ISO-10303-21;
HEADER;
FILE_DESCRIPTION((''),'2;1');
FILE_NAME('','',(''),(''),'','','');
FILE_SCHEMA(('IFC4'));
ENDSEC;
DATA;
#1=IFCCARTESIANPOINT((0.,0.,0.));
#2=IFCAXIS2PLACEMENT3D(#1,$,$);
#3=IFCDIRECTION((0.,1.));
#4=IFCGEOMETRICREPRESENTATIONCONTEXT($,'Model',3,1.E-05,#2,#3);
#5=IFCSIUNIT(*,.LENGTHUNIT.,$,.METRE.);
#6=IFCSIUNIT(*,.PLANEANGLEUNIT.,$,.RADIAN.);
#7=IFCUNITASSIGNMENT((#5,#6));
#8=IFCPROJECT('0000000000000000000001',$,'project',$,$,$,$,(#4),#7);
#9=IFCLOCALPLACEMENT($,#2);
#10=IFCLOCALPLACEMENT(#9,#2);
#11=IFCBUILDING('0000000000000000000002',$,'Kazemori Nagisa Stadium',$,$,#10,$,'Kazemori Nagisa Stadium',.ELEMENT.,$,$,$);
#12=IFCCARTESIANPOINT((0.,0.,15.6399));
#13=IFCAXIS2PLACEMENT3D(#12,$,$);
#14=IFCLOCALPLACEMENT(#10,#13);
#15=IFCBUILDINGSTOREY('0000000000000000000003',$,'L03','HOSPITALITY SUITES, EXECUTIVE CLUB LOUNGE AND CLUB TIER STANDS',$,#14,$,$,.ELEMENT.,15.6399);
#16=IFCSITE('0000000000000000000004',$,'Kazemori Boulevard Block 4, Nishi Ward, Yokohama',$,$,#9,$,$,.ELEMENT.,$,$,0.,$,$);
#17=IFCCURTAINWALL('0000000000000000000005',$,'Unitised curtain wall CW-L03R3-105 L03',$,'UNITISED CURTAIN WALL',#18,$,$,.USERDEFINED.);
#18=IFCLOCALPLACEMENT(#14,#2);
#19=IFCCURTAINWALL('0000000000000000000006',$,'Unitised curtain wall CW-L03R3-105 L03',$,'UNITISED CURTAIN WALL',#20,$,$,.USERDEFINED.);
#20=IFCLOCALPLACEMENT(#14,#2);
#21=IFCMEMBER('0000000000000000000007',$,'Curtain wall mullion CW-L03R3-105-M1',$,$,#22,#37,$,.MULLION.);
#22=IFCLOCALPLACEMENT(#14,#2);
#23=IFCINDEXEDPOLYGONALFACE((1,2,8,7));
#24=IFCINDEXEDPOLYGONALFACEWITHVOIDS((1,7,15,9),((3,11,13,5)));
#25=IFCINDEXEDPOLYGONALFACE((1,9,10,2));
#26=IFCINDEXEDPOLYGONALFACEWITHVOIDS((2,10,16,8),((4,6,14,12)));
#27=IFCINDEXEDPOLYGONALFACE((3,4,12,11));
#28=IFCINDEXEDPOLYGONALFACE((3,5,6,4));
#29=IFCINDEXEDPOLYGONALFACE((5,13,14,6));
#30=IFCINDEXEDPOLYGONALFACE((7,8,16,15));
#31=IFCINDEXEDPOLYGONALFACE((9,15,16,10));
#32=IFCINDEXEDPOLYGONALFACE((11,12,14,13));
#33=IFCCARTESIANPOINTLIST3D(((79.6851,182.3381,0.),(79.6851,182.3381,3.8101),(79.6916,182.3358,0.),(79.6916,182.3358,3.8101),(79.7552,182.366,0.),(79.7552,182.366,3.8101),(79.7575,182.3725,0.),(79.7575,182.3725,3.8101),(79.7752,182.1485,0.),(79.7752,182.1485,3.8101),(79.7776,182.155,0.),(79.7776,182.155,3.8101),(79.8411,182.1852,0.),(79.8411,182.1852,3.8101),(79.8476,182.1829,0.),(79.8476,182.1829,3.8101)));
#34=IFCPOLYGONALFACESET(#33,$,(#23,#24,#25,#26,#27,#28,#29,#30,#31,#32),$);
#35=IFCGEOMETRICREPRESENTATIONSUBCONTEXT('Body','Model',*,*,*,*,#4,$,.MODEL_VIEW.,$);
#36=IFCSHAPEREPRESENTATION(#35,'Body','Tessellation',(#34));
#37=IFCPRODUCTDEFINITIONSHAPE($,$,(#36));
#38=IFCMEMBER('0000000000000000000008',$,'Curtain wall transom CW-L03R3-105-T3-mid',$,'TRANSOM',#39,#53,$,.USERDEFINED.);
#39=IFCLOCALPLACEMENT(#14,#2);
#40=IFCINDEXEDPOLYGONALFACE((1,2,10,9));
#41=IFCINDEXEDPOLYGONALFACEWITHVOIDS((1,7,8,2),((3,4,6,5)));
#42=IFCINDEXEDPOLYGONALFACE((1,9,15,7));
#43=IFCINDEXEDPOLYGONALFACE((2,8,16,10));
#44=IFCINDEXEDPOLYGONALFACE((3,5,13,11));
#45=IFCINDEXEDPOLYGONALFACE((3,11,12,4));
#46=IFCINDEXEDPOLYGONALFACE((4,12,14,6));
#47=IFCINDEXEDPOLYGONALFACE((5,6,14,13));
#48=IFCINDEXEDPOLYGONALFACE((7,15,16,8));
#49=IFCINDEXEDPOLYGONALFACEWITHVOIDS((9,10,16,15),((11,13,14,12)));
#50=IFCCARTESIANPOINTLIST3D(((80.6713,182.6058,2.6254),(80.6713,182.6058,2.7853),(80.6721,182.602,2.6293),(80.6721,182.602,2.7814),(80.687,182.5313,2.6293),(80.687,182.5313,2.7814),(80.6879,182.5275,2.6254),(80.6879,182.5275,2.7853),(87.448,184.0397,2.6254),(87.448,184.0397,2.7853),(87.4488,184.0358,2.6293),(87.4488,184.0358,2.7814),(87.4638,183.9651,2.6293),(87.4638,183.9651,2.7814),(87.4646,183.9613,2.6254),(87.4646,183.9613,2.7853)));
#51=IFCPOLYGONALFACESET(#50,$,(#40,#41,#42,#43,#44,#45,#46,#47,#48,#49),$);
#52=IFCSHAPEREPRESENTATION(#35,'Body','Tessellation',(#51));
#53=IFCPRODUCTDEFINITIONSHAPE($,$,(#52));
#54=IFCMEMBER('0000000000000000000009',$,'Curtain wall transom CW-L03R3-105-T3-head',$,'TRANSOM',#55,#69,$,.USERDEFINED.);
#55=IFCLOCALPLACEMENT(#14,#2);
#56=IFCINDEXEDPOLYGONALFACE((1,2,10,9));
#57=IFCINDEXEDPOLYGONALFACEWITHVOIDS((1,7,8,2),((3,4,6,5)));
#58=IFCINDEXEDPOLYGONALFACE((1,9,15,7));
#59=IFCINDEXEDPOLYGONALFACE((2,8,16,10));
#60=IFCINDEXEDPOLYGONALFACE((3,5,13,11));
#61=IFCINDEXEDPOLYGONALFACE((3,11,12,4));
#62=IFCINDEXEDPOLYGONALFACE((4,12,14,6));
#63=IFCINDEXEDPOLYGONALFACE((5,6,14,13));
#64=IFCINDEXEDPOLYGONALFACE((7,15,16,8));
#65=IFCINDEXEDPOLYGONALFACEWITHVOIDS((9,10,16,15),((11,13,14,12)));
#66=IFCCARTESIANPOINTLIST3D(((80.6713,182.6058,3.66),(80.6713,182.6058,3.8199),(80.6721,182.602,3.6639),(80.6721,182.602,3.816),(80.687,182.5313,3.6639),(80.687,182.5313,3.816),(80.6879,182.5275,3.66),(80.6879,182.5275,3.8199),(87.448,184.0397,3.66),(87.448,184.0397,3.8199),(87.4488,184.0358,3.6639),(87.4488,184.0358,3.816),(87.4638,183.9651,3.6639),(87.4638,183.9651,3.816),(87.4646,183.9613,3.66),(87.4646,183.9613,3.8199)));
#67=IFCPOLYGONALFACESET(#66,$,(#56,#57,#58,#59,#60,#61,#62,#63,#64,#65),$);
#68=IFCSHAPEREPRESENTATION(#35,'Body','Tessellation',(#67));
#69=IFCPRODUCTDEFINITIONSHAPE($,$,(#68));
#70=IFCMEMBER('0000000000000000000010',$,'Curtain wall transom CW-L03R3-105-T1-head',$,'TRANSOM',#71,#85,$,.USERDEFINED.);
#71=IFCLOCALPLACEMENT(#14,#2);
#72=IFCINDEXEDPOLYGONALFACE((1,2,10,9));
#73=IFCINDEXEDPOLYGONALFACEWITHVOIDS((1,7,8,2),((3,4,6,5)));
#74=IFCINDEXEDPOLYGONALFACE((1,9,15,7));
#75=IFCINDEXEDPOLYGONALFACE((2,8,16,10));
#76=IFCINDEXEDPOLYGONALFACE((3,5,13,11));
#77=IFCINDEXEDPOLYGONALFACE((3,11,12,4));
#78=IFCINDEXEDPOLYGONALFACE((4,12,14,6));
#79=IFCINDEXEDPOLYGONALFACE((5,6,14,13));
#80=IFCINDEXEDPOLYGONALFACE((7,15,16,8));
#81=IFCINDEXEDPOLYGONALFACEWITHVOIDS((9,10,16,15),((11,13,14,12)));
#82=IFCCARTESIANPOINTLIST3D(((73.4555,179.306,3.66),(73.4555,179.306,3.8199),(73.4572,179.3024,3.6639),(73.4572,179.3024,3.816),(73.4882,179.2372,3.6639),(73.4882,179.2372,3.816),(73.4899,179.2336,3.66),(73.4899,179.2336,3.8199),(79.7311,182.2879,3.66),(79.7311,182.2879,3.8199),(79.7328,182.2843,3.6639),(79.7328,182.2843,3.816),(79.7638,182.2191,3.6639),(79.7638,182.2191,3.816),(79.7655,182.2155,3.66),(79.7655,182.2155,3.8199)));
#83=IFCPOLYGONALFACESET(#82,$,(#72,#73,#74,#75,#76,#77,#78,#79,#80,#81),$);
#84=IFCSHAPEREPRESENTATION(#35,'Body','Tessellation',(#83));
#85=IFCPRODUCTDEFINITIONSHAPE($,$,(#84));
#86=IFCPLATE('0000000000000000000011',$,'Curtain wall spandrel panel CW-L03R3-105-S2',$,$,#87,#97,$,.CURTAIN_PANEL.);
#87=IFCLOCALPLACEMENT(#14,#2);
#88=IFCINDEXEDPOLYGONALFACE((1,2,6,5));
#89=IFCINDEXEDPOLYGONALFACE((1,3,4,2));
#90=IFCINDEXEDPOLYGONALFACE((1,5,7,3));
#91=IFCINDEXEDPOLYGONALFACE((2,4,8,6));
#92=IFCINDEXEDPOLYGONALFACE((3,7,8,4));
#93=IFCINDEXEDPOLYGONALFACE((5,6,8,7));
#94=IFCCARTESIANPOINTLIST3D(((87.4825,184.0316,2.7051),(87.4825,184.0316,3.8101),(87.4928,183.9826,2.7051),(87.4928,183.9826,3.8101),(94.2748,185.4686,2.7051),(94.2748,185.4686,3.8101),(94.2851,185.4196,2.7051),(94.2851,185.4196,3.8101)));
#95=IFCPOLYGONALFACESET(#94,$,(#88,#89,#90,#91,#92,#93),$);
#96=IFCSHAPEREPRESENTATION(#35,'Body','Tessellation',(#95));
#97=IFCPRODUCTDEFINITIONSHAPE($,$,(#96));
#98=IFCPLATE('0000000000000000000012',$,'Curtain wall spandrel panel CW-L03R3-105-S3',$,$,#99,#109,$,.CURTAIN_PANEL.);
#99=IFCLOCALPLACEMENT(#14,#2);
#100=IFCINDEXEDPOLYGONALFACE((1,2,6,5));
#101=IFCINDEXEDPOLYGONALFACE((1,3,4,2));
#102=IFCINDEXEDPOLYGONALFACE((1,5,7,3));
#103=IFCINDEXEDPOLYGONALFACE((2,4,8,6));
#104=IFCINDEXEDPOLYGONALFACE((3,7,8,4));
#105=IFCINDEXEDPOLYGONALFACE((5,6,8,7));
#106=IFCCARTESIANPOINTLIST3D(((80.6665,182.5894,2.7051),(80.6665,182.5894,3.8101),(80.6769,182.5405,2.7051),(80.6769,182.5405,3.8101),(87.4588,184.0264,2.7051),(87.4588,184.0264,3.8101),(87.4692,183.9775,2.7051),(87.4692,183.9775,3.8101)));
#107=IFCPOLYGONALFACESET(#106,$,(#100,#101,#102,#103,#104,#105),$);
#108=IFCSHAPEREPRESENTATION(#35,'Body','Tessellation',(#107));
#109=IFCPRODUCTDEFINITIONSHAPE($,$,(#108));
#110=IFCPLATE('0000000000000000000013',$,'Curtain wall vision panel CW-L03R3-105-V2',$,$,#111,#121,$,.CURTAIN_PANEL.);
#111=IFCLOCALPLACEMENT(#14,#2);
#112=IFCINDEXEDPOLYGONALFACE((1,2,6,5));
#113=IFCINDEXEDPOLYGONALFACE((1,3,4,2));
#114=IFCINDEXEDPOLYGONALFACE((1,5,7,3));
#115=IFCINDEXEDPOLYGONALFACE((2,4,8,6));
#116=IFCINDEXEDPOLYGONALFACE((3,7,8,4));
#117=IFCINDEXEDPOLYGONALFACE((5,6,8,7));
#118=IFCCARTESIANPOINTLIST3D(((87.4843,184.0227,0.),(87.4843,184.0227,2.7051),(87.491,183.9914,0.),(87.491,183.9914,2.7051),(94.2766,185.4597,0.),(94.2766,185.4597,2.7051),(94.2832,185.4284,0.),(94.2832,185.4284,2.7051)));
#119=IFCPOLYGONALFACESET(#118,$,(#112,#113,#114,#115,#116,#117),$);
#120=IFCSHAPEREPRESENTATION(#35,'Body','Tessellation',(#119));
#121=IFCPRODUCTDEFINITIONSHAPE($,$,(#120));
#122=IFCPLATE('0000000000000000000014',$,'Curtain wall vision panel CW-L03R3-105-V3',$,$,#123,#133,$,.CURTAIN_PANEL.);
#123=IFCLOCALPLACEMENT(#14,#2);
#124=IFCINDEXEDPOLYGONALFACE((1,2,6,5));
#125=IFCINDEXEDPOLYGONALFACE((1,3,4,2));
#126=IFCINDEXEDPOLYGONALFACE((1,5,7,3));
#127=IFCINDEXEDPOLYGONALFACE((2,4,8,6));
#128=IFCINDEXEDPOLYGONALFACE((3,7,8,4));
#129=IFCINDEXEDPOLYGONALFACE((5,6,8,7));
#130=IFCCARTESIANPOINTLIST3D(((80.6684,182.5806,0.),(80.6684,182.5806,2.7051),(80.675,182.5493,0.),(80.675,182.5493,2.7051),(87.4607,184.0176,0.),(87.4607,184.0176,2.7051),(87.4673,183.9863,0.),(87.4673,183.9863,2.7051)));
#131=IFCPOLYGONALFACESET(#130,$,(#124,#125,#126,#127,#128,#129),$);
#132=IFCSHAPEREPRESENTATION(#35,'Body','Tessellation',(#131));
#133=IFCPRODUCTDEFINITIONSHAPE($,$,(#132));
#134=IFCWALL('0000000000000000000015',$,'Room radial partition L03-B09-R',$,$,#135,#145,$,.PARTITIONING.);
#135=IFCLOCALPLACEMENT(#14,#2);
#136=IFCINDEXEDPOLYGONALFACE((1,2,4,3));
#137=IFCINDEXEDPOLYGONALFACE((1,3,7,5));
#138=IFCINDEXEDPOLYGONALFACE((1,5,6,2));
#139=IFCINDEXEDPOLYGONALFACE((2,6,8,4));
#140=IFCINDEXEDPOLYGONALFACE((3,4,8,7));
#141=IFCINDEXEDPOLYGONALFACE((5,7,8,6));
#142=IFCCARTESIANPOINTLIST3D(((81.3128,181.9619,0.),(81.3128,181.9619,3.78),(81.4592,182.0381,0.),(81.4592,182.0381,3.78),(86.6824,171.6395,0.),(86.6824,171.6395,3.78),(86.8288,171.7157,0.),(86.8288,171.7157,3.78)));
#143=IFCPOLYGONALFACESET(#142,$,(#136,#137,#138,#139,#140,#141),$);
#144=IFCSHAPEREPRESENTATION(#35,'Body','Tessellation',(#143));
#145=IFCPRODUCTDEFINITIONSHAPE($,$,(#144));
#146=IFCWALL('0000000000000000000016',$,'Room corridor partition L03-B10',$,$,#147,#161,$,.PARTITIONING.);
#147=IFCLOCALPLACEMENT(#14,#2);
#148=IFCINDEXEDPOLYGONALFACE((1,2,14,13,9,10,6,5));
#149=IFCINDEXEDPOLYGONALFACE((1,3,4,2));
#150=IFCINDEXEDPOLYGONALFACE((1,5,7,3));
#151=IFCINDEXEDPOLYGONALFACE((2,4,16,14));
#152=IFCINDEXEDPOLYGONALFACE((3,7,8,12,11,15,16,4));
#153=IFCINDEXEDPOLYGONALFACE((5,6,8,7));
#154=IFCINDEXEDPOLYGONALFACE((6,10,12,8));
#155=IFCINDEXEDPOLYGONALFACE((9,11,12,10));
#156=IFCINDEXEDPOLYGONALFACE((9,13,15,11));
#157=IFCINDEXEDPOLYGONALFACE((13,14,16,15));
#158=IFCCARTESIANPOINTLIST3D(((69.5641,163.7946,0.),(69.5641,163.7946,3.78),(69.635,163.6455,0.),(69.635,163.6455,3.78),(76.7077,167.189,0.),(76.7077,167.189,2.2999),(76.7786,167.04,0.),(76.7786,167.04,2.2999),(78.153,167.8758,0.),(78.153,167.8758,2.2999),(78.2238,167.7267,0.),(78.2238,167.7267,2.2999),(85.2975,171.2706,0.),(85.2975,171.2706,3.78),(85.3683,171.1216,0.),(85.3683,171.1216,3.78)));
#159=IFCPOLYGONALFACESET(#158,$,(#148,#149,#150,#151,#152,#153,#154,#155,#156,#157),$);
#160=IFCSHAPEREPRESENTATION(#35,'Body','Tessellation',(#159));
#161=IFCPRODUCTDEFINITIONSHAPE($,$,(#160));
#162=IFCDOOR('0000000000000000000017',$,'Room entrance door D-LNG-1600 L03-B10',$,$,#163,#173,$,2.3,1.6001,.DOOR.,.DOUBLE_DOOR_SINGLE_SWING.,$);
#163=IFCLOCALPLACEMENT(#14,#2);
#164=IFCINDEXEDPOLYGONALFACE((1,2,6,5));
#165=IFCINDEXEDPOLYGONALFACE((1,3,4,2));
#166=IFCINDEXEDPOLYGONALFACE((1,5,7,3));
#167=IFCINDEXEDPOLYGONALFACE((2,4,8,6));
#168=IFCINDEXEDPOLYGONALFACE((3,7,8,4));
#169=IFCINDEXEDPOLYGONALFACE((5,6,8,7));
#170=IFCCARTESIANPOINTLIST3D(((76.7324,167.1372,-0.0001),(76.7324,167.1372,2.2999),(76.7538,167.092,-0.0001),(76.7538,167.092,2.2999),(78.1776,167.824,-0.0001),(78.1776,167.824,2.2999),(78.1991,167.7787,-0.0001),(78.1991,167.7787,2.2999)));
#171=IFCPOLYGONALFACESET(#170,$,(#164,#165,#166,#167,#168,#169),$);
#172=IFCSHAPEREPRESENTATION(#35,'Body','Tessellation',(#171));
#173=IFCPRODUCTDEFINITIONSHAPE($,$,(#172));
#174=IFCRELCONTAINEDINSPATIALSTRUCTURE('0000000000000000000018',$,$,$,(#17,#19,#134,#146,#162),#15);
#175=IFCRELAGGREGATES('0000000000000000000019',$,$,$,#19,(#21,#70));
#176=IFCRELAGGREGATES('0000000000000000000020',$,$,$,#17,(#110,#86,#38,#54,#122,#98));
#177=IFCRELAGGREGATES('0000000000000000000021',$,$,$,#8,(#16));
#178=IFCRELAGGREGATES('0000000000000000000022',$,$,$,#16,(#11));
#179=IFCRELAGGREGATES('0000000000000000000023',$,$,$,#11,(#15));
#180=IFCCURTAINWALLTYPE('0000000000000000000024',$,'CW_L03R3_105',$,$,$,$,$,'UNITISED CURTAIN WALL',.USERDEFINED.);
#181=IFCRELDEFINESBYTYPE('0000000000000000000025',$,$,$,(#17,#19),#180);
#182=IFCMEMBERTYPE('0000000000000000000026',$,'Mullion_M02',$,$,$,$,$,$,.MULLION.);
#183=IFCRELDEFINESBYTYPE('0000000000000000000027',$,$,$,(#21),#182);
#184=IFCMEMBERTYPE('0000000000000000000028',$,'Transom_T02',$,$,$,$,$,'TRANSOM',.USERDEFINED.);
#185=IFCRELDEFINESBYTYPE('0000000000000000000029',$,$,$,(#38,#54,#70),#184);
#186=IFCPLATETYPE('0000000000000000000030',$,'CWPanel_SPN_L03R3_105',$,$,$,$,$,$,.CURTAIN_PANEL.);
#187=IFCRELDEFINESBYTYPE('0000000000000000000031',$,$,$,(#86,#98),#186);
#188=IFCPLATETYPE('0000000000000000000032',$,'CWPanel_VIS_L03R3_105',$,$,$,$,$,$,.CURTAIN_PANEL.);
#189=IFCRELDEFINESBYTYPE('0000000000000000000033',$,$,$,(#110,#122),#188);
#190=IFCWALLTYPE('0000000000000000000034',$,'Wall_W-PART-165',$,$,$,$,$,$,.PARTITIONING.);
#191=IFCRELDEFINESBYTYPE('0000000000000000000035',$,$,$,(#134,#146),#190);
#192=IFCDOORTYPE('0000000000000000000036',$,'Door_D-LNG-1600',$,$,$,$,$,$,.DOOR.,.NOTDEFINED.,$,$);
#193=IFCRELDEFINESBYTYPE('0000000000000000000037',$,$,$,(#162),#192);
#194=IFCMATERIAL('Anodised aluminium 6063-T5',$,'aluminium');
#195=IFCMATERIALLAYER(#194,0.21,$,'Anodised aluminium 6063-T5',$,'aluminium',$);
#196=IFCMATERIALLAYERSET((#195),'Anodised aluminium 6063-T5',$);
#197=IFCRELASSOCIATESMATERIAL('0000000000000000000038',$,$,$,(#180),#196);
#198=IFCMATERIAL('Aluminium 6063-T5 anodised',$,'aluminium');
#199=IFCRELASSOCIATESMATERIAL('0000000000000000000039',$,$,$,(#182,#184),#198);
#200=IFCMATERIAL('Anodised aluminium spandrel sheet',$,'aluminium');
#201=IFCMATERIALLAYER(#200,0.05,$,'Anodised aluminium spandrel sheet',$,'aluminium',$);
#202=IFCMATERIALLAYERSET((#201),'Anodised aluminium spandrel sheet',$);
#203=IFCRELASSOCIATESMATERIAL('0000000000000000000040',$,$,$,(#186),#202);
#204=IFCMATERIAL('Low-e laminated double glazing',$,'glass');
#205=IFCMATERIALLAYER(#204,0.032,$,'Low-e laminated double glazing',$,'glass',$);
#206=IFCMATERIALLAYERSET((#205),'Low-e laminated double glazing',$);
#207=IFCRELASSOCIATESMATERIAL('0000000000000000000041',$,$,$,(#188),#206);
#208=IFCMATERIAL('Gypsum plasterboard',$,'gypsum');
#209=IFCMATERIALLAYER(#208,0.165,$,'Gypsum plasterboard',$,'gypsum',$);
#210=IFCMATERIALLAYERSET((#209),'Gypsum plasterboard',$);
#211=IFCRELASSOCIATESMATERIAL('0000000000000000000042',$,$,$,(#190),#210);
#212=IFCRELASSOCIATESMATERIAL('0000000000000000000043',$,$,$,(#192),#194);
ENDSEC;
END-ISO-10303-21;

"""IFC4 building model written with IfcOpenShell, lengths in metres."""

from ifc_helpers import new_model, si_unit, direction, frame, frame_2d, origin, origin_2d, place, context, subcontext, project, spatial, rectangle, hollow_rectangle, extrude, material, layer, layer_set, material_profile, profile_set, type_object, element, fill, aggregate, save


model = new_model("IFC4")

# Units and contexts
model_context = context("Model", 3, precision=1e-05, world=origin(), true_north=direction((0.0, 1.0)))
body_context = subcontext(model_context, "Body", "Model", "MODEL_VIEW")
ifc_project = project(units=[si_unit("LENGTHUNIT", "METRE"), si_unit("PLANEANGLEUNIT", "RADIAN")], contexts=[model_context])

# Site, building, storey
site_placement = place(None, origin())
site = spatial("IfcSite", under=ifc_project, at=site_placement, Name="Kazemori Boulevard Block 4, Nishi Ward, Yokohama", CompositionType="ELEMENT", RefElevation=0.0)
building_placement = place(site_placement, origin())
building = spatial("IfcBuilding", under=site, at=building_placement, Name="Kazemori Nagisa Stadium", LongName="Kazemori Nagisa Stadium", CompositionType="ELEMENT")
storey_placement = place(building_placement, frame((0.0, 0.0, 15.6399)))
storey = spatial("IfcBuildingStorey", under=building, at=storey_placement, Name="L03", Description="HOSPITALITY SUITES, EXECUTIVE CLUB LOUNGE AND CLUB TIER STANDS", CompositionType="ELEMENT", Elevation=15.6399)

# Curtain wall
ifc_material_1 = material(Name="Anodised aluminium 6063-T5", Category="aluminium")
ifc_layer_1 = layer(ifc_material_1, 0.21, Name="Anodised aluminium 6063-T5", Category="aluminium")
ifc_layer_set_1 = layer_set([ifc_layer_1], Name="Anodised aluminium 6063-T5")
curtain_wall_type = type_object("IfcCurtainWallType", Name="CW_L03R3_105", ElementType="UNITISED CURTAIN WALL", PredefinedType="USERDEFINED", material=ifc_layer_set_1)
curtain_wall_1_placement = place(storey_placement, origin())
curtain_wall_1 = element("IfcCurtainWall", 1, at=curtain_wall_1_placement, inside=storey, type_object=curtain_wall_type, Name="Unitised curtain wall CW-L03R3-105 L03", ObjectType="UNITISED CURTAIN WALL", PredefinedType="USERDEFINED")
ifc_material_2 = material(Name="Aluminium 6063-T5 anodised", Category="aluminium")
ifc_material_profile_1 = material_profile(ifc_material_2, hollow_rectangle(XDim=0.0801, YDim=0.21, WallThickness=0.0049, at=origin_2d()), Name="ALU-MULL-80x210x5")
ifc_profile_set_1 = profile_set([ifc_material_profile_1], Name="Aluminium 6063-T5 anodised")
member_type_1 = type_object("IfcMemberType", Name="Mullion_M02", PredefinedType="MULLION", material=ifc_profile_set_1)

# Curtain wall, member
curtain_wall_2_placement = place(storey_placement, origin())
curtain_wall_2 = element("IfcCurtainWall", 2, at=curtain_wall_2_placement, inside=storey, type_object=curtain_wall_type, Name="Unitised curtain wall CW-L03R3-105 L03", ObjectType="UNITISED CURTAIN WALL", PredefinedType="USERDEFINED")
member_1_placement = place(storey_placement, frame((79.7664, 182.2605, 0.0), z_axis=(0.0, 0.0, 1.0), x_axis=(-0.903216, -0.429186, 0.0)))
member_1 = element("IfcMember", 3, at=member_1_placement, type_object=member_type_1, Name="Curtain wall mullion CW-L03R3-105-M1", PredefinedType="MULLION", context=body_context, shape_type="SweptSolid", body=[
    extrude(hollow_rectangle(XDim=0.0801, YDim=0.21, WallThickness=0.0049, at=origin_2d()), origin(), (0.0, 0.0, 1.0), 3.8101),
])

# Members
ifc_material_profile_2 = material_profile(ifc_material_2, hollow_rectangle(XDim=0.0801, YDim=0.1599, WallThickness=0.0039, at=origin_2d()), Name="ALU-TRAN-80x160x4")
ifc_profile_set_2 = profile_set([ifc_material_profile_2], Name="Aluminium 6063-T5 anodised")
member_type_2 = type_object("IfcMemberType", Name="Transom_T02", ElementType="TRANSOM", PredefinedType="USERDEFINED", material=ifc_profile_set_2)
member_2_placement = place(storey_placement, frame((87.4563, 184.0005, 2.7053), z_axis=(-0.978342, -0.206996, 0.0), x_axis=(0.206996, -0.978342, 0.0)))
member_2 = element("IfcMember", 4, at=member_2_placement, type_object=member_type_2, Name="Curtain wall transom CW-L03R3-105-T3-mid", ObjectType="TRANSOM", PredefinedType="USERDEFINED", context=body_context, shape_type="SweptSolid", body=[
    extrude(hollow_rectangle(XDim=0.0801, YDim=0.1599, WallThickness=0.0039, at=origin_2d()), origin(), (0.0, 0.0, 1.0), 6.9268),
])
member_3_placement = place(storey_placement, frame((87.4563, 184.0005, 3.74), z_axis=(-0.978342, -0.206996, 0.0), x_axis=(0.206996, -0.978342, 0.0)))
member_3 = element("IfcMember", 5, at=member_3_placement, type_object=member_type_2, Name="Curtain wall transom CW-L03R3-105-T3-head", ObjectType="TRANSOM", PredefinedType="USERDEFINED", context=body_context, shape_type="SweptSolid", body=[
    extrude(hollow_rectangle(XDim=0.0801, YDim=0.1599, WallThickness=0.0039, at=origin_2d()), origin(), (0.0, 0.0, 1.0), 6.9268),
])
member_4_placement = place(storey_placement, frame((79.7483, 182.2517, 3.74), z_axis=(-0.903221, -0.429175, 0.0), x_axis=(0.429175, -0.903221, 0.0)))
member_4 = element("IfcMember", 6, at=member_4_placement, type_object=member_type_2, Name="Curtain wall transom CW-L03R3-105-T1-head", ObjectType="TRANSOM", PredefinedType="USERDEFINED", context=body_context, shape_type="SweptSolid", body=[
    extrude(hollow_rectangle(XDim=0.0801, YDim=0.1599, WallThickness=0.0039, at=origin_2d()), origin(), (0.0, 0.0, 1.0), 6.948),
])
aggregate(curtain_wall_2, [member_1, member_4])

# Plates
ifc_material_3 = material(Name="Anodised aluminium spandrel sheet", Category="aluminium")
ifc_layer_2 = layer(ifc_material_3, 0.05, Name="Anodised aluminium spandrel sheet", Category="aluminium")
ifc_layer_set_2 = layer_set([ifc_layer_2], Name="Anodised aluminium spandrel sheet")
plate_type_1 = type_object("IfcPlateType", Name="CWPanel_SPN_L03R3_105", PredefinedType="CURTAIN_PANEL", material=ifc_layer_set_2)
plate_1_placement = place(storey_placement, frame((90.8838, 184.7256, 2.7051), z_axis=(0.0, 0.0, 1.0), x_axis=(-0.978345, -0.206981, 0.0)))
plate_1 = element("IfcPlate", 7, at=plate_1_placement, type_object=plate_type_1, Name="Curtain wall spandrel panel CW-L03R3-105-S2", PredefinedType="CURTAIN_PANEL", context=body_context, shape_type="SweptSolid", body=[
    extrude(rectangle(XDim=6.9426, YDim=0.05, at=origin_2d()), origin(), (0.0, 0.0, 1.0), 1.105),
])
plate_2_placement = place(storey_placement, frame((84.0679, 183.2834, 2.7051), z_axis=(0.0, 0.0, 1.0), x_axis=(-0.978345, -0.206981, 0.0)))
plate_2 = element("IfcPlate", 8, at=plate_2_placement, type_object=plate_type_1, Name="Curtain wall spandrel panel CW-L03R3-105-S3", PredefinedType="CURTAIN_PANEL", context=body_context, shape_type="SweptSolid", body=[
    extrude(rectangle(XDim=6.9426, YDim=0.05, at=origin_2d()), origin(), (0.0, 0.0, 1.0), 1.105),
])
ifc_material_4 = material(Name="Low-e laminated double glazing", Category="glass")
ifc_layer_3 = layer(ifc_material_4, 0.032, Name="Low-e laminated double glazing", Category="glass")
ifc_layer_set_3 = layer_set([ifc_layer_3], Name="Low-e laminated double glazing")
plate_type_2 = type_object("IfcPlateType", Name="CWPanel_VIS_L03R3_105", PredefinedType="CURTAIN_PANEL", material=ifc_layer_set_3)
plate_3_placement = place(storey_placement, frame((90.8838, 184.7256, 0.0), z_axis=(0.0, 0.0, 1.0), x_axis=(-0.978345, -0.206981, 0.0)))
plate_3 = element("IfcPlate", 9, at=plate_3_placement, type_object=plate_type_2, Name="Curtain wall vision panel CW-L03R3-105-V2", PredefinedType="CURTAIN_PANEL", context=body_context, shape_type="SweptSolid", body=[
    extrude(rectangle(XDim=6.9426, YDim=0.032, at=origin_2d()), origin(), (0.0, 0.0, 1.0), 2.7051),
])
plate_4_placement = place(storey_placement, frame((84.0679, 183.2834, 0.0), z_axis=(0.0, 0.0, 1.0), x_axis=(-0.978345, -0.206981, 0.0)))
plate_4 = element("IfcPlate", 10, at=plate_4_placement, type_object=plate_type_2, Name="Curtain wall vision panel CW-L03R3-105-V3", PredefinedType="CURTAIN_PANEL", context=body_context, shape_type="SweptSolid", body=[
    extrude(rectangle(XDim=6.9426, YDim=0.032, at=origin_2d()), origin(), (0.0, 0.0, 1.0), 2.7051),
])
aggregate(curtain_wall_1, [plate_3, plate_1, member_2, member_3, plate_4, plate_2])

# Wall
ifc_material_5 = material(Name="Gypsum plasterboard", Category="gypsum")
ifc_layer_4 = layer(ifc_material_5, 0.165, Name="Gypsum plasterboard", Category="gypsum")
ifc_layer_set_4 = layer_set([ifc_layer_4], Name="Gypsum plasterboard")
wall_type = type_object("IfcWallType", Name="Wall_W-PART-165", PredefinedType="PARTITIONING", material=ifc_layer_set_4)
wall_1_placement = place(storey_placement, frame((86.7556, 171.6775, 0.0), z_axis=(0.0, 0.0, 1.0), x_axis=(-0.461483, 0.887149, 0.0)))
element("IfcWall", 11, at=wall_1_placement, inside=storey, type_object=wall_type, Name="Room radial partition L03-B09-R", PredefinedType="PARTITIONING", context=body_context, shape_type="SweptSolid", body=[
    extrude(rectangle(XDim=11.6355, YDim=0.165, at=frame_2d((5.8179, 0.0))), origin(), (0.0, 0.0, 1.0), 3.78),
])

# Wall, opening, door
wall_2_placement = place(storey_placement, frame((85.3328, 171.196, 0.0), z_axis=(0.0, 0.0, 1.0), x_axis=(-0.903217, -0.429184, 0.0)))
wall_2 = element("IfcWall", 12, at=wall_2_placement, inside=storey, type_object=wall_type, Name="Room corridor partition L03-B10", PredefinedType="PARTITIONING", context=body_context, shape_type="SweptSolid", body=[
    extrude(rectangle(XDim=17.4192, YDim=0.165, at=frame_2d((8.7095, 0.0))), origin(), (0.0, 0.0, 1.0), 3.78),
])
opening_placement = place(wall_2_placement, frame((7.9099, 0.0, 0.0)))
opening = element("IfcOpeningElement", 13, at=opening_placement, cuts=wall_2, PredefinedType="OPENING", context=body_context, shape_type="SweptSolid", body=[
    extrude(rectangle(XDim=1.6001, YDim=2.3, at=frame_2d((0.8, 1.1499))), frame((0.0, 0.0925, 0.0), z_axis=(0.0, -1.0, 0.0), x_axis=(1.0, 0.0, 0.0)), (0.0, 0.0, 1.0), 0.1851),
])
door_type = type_object("IfcDoorType", Name="Door_D-LNG-1600", OperationType="NOTDEFINED", PredefinedType="DOOR", material=ifc_material_1)
door_placement = place(opening_placement, origin())
door = element("IfcDoor", 14, at=door_placement, inside=storey, type_object=door_type, Name="Room entrance door D-LNG-1600 L03-B10", OperationType="DOUBLE_DOOR_SINGLE_SWING", OverallHeight=2.3, OverallWidth=1.6001, PredefinedType="DOOR", context=body_context, shape_type="SweptSolid", body=[
    extrude(rectangle(XDim=1.6001, YDim=2.3, at=frame_2d((0.8, 1.1499))), frame((0.0, 0.0249, 0.0), z_axis=(0.0, -1.0, 0.0), x_axis=(1.0, 0.0, 0.0)), (0.0, 0.0, 1.0), 0.05),
])
fill(opening, door)

save(model, "model.ifc")
